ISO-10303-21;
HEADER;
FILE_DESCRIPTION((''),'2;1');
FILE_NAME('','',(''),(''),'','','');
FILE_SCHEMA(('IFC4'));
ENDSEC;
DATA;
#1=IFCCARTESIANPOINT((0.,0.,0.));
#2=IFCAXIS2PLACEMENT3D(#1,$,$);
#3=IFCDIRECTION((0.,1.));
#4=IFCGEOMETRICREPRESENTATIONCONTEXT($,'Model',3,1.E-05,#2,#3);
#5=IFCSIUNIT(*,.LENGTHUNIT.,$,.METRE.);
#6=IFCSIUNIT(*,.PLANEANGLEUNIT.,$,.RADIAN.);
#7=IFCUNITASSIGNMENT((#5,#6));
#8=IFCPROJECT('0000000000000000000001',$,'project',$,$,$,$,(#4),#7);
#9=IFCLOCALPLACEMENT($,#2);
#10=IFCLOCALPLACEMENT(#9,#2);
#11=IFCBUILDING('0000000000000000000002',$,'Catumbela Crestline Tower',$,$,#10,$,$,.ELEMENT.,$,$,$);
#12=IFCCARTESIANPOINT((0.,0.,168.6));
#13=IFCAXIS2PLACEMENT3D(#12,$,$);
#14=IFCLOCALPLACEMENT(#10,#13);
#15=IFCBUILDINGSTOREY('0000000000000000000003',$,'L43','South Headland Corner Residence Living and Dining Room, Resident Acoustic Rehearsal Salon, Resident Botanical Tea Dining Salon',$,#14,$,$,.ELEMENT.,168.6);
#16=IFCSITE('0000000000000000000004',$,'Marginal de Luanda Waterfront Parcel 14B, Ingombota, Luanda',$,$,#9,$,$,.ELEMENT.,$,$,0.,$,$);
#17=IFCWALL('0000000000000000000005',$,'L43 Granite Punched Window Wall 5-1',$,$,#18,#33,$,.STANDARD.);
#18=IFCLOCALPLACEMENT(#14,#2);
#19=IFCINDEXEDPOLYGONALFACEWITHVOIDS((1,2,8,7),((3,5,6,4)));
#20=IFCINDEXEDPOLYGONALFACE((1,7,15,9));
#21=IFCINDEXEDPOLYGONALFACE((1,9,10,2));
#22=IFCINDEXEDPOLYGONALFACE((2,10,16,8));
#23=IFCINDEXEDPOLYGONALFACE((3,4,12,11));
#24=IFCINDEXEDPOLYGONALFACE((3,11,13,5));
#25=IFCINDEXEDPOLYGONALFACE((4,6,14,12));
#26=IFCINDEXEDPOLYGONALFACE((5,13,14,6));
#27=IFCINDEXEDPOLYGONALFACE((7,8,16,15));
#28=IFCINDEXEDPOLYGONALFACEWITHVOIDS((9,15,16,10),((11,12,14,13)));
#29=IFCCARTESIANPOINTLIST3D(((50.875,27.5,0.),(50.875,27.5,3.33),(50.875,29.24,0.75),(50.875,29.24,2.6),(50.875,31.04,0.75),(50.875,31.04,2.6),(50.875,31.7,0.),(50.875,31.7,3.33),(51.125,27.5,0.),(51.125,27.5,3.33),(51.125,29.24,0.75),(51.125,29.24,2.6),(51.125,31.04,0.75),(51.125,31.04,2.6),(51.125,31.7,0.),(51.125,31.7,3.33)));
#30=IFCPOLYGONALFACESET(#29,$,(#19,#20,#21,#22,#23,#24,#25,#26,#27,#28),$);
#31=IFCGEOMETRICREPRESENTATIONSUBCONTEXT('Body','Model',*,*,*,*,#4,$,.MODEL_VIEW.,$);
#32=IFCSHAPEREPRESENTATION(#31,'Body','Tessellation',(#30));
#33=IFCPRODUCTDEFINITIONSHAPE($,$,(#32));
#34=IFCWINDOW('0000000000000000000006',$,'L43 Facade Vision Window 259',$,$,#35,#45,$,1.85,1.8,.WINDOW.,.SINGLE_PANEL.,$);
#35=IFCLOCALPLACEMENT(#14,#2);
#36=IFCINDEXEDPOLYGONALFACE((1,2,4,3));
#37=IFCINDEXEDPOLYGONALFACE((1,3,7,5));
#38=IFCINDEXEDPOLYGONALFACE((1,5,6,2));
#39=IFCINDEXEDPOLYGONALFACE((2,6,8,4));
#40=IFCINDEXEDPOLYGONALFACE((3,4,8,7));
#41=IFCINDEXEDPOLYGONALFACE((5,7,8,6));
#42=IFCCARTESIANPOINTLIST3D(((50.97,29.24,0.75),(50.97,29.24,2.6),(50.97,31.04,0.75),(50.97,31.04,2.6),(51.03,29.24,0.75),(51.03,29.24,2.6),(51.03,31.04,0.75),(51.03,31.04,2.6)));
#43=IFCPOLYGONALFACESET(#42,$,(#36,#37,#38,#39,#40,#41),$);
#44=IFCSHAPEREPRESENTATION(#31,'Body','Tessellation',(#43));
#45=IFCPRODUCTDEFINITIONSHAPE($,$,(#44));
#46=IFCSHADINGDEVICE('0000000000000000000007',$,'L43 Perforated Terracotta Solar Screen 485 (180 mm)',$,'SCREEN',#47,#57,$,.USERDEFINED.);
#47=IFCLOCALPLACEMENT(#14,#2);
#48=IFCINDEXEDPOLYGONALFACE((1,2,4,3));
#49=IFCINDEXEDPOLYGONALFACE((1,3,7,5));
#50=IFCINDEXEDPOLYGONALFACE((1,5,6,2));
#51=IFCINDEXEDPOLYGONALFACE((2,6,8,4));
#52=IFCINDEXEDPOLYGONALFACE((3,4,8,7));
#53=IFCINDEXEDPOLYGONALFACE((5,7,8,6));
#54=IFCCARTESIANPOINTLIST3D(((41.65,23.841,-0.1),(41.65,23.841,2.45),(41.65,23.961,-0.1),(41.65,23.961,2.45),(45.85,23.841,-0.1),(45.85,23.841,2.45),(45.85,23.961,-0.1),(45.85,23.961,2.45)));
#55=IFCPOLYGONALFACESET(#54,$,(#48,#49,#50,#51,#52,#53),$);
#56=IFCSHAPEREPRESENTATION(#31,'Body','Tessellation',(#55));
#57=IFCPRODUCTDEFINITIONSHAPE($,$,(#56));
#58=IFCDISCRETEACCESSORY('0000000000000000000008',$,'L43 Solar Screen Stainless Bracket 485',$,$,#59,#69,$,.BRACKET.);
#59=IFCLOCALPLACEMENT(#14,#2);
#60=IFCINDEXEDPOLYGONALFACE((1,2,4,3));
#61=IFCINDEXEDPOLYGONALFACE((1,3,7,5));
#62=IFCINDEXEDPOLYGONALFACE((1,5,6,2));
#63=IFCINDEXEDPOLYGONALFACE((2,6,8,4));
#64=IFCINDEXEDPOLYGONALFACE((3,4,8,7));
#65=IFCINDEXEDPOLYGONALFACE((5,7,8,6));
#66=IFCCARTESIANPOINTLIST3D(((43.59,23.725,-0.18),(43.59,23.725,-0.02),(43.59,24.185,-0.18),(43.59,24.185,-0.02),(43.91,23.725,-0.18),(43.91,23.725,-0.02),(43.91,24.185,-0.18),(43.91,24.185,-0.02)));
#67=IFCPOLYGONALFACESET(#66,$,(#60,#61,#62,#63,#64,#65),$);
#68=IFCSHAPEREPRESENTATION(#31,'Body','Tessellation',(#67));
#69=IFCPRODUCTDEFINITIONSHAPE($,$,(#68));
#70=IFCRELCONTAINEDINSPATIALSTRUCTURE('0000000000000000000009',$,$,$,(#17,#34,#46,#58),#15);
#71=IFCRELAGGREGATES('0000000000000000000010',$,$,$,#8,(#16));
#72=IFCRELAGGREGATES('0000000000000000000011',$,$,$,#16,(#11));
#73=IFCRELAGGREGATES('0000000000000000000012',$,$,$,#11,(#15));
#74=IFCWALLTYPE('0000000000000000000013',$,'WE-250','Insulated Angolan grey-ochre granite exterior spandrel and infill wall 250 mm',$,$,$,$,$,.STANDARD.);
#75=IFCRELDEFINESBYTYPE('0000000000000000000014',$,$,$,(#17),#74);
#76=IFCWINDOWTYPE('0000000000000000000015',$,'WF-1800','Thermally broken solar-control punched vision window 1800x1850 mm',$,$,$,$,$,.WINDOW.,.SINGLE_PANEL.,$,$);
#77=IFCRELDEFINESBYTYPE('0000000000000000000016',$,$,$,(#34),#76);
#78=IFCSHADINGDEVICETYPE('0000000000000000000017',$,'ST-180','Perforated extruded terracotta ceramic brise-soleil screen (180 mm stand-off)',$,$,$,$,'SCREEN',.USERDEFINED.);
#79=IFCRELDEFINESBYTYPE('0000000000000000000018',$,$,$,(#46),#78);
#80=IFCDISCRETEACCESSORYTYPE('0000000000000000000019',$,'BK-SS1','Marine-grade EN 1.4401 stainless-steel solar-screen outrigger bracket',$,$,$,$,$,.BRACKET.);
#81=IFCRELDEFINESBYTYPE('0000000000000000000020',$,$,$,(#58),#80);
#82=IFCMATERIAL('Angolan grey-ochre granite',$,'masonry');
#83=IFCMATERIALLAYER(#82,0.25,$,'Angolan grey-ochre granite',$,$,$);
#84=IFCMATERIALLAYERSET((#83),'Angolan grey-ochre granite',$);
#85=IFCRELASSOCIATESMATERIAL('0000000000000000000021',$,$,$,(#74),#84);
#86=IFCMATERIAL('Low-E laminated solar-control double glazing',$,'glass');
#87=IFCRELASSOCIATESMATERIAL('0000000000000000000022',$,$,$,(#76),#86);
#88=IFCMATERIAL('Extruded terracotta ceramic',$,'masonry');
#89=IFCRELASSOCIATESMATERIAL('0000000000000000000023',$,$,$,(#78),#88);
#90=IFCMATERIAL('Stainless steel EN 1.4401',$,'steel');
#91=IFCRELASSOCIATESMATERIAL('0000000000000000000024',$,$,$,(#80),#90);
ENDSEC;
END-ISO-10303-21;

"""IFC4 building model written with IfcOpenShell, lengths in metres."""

from ifc_helpers import new_model, si_unit, direction, frame, frame_2d, origin, origin_2d, place, context, subcontext, project, spatial, rectangle, extrude, material, layer, layer_set, type_object, element, fill, save


model = new_model("IFC4")

# Units and contexts
model_context = context("Model", 3, precision=1e-05, world=origin(), true_north=direction((0.0, 1.0)))
body_context = subcontext(model_context, "Body", "Model", "MODEL_VIEW")
ifc_project = project(units=[si_unit("LENGTHUNIT", "METRE"), si_unit("PLANEANGLEUNIT", "RADIAN")], contexts=[model_context])

# Site, building, storey
site_placement = place(None, origin())
site = spatial("IfcSite", under=ifc_project, at=site_placement, Name="Marginal de Luanda Waterfront Parcel 14B, Ingombota, Luanda", CompositionType="ELEMENT", RefElevation=0.0)
building_placement = place(site_placement, origin())
building = spatial("IfcBuilding", under=site, at=building_placement, Name="Catumbela Crestline Tower", CompositionType="ELEMENT")
storey_placement = place(building_placement, frame((0.0, 0.0, 168.6)))
storey = spatial("IfcBuildingStorey", under=building, at=storey_placement, Name="L43", Description="South Headland Corner Residence Living and Dining Room, Resident Acoustic Rehearsal Salon, Resident Botanical Tea Dining Salon", CompositionType="ELEMENT", Elevation=168.6)

# Shared definitions
ifc_material_1 = material(Name="Low-E laminated solar-control double glazing", Category="glass")

# Wall, opening, window
ifc_material_2 = material(Name="Angolan grey-ochre granite", Category="masonry")
ifc_layer_1 = layer(ifc_material_2, 0.25, Name="Angolan grey-ochre granite")
ifc_layer_set_1 = layer_set([ifc_layer_1], Name="Angolan grey-ochre granite")
wall_type = type_object("IfcWallType", Name="WE-250", Description="Insulated Angolan grey-ochre granite exterior spandrel and infill wall 250 mm", PredefinedType="STANDARD", material=ifc_layer_set_1)
wall_1_placement = place(storey_placement, frame((51.0, 27.5, 0.0), z_axis=(0.0, 0.0, 1.0), x_axis=(0.0, 1.0, 0.0)))
wall_1 = element("IfcWall", 1, at=wall_1_placement, inside=storey, type_object=wall_type, Name="L43 Granite Punched Window Wall 5-1", PredefinedType="STANDARD", context=body_context, shape_type="SweptSolid", body=[
    extrude(rectangle(XDim=4.2, YDim=0.25, at=frame_2d((2.1, 0.0))), origin(), (0.0, 0.0, 1.0), 3.33),
])
opening_1_placement = place(wall_1_placement, frame((1.74, 0.0, 0.75)))
opening_1 = element("IfcOpeningElement", 2, at=opening_1_placement, cuts=wall_1, PredefinedType="OPENING", context=body_context, shape_type="SweptSolid", body=[
    extrude(rectangle(XDim=1.8, YDim=1.85, at=frame_2d((0.9, 0.925))), frame((0.0, 0.135, 0.0), z_axis=(0.0, -1.0, 0.0), x_axis=(1.0, 0.0, 0.0)), (0.0, 0.0, 1.0), 0.27),
])
window_type_1 = type_object("IfcWindowType", Name="WF-1800", Description="Thermally broken solar-control punched vision window 1800x1850 mm", PartitioningType="SINGLE_PANEL", PredefinedType="WINDOW", material=ifc_material_1)
window_1_placement = place(opening_1_placement, origin())
window_1 = element("IfcWindow", 3, at=window_1_placement, inside=storey, type_object=window_type_1, Name="L43 Facade Vision Window 259", OverallHeight=1.85, OverallWidth=1.8, PartitioningType="SINGLE_PANEL", PredefinedType="WINDOW", context=body_context, shape_type="SweptSolid", body=[
    extrude(rectangle(XDim=1.8, YDim=1.85, at=frame_2d((0.9, 0.925))), frame((0.0, 0.03, 0.0), z_axis=(0.0, -1.0, 0.0), x_axis=(1.0, 0.0, 0.0)), (0.0, 0.0, 1.0), 0.06),
])
fill(opening_1, window_1)

# Shading device
ifc_material_3 = material(Name="Extruded terracotta ceramic", Category="masonry")
shading_device_type = type_object("IfcShadingDeviceType", Name="ST-180", Description="Perforated extruded terracotta ceramic brise-soleil screen (180 mm stand-off)", ElementType="SCREEN", PredefinedType="USERDEFINED", material=ifc_material_3)
shading_device_placement = place(storey_placement, frame((43.75, 23.901, -0.1), z_axis=(0.0, 0.0, 1.0), x_axis=(1.0, 0.0, 0.0)))
element("IfcShadingDevice", 4, at=shading_device_placement, inside=storey, type_object=shading_device_type, Name="L43 Perforated Terracotta Solar Screen 485 (180 mm)", ObjectType="SCREEN", PredefinedType="USERDEFINED", context=body_context, shape_type="SweptSolid", body=[
    extrude(rectangle(XDim=4.2, YDim=0.12, at=origin_2d()), origin(), (0.0, 0.0, 1.0), 2.55),
])

# Discrete accessory
ifc_material_4 = material(Name="Stainless steel EN 1.4401", Category="steel")
discrete_accessory_type = type_object("IfcDiscreteAccessoryType", Name="BK-SS1", Description="Marine-grade EN 1.4401 stainless-steel solar-screen outrigger bracket", PredefinedType="BRACKET", material=ifc_material_4)
discrete_accessory_placement = place(storey_placement, frame((43.75, 23.955, -0.18), z_axis=(0.0, 0.0, 1.0), x_axis=(1.0, 0.0, 0.0)))
element("IfcDiscreteAccessory", 5, at=discrete_accessory_placement, inside=storey, type_object=discrete_accessory_type, Name="L43 Solar Screen Stainless Bracket 485", PredefinedType="BRACKET", context=body_context, shape_type="SweptSolid", body=[
    extrude(rectangle(XDim=0.32, YDim=0.46, at=origin_2d()), origin(), (0.0, 0.0, 1.0), 0.16),
])

save(model, "model.ifc")
